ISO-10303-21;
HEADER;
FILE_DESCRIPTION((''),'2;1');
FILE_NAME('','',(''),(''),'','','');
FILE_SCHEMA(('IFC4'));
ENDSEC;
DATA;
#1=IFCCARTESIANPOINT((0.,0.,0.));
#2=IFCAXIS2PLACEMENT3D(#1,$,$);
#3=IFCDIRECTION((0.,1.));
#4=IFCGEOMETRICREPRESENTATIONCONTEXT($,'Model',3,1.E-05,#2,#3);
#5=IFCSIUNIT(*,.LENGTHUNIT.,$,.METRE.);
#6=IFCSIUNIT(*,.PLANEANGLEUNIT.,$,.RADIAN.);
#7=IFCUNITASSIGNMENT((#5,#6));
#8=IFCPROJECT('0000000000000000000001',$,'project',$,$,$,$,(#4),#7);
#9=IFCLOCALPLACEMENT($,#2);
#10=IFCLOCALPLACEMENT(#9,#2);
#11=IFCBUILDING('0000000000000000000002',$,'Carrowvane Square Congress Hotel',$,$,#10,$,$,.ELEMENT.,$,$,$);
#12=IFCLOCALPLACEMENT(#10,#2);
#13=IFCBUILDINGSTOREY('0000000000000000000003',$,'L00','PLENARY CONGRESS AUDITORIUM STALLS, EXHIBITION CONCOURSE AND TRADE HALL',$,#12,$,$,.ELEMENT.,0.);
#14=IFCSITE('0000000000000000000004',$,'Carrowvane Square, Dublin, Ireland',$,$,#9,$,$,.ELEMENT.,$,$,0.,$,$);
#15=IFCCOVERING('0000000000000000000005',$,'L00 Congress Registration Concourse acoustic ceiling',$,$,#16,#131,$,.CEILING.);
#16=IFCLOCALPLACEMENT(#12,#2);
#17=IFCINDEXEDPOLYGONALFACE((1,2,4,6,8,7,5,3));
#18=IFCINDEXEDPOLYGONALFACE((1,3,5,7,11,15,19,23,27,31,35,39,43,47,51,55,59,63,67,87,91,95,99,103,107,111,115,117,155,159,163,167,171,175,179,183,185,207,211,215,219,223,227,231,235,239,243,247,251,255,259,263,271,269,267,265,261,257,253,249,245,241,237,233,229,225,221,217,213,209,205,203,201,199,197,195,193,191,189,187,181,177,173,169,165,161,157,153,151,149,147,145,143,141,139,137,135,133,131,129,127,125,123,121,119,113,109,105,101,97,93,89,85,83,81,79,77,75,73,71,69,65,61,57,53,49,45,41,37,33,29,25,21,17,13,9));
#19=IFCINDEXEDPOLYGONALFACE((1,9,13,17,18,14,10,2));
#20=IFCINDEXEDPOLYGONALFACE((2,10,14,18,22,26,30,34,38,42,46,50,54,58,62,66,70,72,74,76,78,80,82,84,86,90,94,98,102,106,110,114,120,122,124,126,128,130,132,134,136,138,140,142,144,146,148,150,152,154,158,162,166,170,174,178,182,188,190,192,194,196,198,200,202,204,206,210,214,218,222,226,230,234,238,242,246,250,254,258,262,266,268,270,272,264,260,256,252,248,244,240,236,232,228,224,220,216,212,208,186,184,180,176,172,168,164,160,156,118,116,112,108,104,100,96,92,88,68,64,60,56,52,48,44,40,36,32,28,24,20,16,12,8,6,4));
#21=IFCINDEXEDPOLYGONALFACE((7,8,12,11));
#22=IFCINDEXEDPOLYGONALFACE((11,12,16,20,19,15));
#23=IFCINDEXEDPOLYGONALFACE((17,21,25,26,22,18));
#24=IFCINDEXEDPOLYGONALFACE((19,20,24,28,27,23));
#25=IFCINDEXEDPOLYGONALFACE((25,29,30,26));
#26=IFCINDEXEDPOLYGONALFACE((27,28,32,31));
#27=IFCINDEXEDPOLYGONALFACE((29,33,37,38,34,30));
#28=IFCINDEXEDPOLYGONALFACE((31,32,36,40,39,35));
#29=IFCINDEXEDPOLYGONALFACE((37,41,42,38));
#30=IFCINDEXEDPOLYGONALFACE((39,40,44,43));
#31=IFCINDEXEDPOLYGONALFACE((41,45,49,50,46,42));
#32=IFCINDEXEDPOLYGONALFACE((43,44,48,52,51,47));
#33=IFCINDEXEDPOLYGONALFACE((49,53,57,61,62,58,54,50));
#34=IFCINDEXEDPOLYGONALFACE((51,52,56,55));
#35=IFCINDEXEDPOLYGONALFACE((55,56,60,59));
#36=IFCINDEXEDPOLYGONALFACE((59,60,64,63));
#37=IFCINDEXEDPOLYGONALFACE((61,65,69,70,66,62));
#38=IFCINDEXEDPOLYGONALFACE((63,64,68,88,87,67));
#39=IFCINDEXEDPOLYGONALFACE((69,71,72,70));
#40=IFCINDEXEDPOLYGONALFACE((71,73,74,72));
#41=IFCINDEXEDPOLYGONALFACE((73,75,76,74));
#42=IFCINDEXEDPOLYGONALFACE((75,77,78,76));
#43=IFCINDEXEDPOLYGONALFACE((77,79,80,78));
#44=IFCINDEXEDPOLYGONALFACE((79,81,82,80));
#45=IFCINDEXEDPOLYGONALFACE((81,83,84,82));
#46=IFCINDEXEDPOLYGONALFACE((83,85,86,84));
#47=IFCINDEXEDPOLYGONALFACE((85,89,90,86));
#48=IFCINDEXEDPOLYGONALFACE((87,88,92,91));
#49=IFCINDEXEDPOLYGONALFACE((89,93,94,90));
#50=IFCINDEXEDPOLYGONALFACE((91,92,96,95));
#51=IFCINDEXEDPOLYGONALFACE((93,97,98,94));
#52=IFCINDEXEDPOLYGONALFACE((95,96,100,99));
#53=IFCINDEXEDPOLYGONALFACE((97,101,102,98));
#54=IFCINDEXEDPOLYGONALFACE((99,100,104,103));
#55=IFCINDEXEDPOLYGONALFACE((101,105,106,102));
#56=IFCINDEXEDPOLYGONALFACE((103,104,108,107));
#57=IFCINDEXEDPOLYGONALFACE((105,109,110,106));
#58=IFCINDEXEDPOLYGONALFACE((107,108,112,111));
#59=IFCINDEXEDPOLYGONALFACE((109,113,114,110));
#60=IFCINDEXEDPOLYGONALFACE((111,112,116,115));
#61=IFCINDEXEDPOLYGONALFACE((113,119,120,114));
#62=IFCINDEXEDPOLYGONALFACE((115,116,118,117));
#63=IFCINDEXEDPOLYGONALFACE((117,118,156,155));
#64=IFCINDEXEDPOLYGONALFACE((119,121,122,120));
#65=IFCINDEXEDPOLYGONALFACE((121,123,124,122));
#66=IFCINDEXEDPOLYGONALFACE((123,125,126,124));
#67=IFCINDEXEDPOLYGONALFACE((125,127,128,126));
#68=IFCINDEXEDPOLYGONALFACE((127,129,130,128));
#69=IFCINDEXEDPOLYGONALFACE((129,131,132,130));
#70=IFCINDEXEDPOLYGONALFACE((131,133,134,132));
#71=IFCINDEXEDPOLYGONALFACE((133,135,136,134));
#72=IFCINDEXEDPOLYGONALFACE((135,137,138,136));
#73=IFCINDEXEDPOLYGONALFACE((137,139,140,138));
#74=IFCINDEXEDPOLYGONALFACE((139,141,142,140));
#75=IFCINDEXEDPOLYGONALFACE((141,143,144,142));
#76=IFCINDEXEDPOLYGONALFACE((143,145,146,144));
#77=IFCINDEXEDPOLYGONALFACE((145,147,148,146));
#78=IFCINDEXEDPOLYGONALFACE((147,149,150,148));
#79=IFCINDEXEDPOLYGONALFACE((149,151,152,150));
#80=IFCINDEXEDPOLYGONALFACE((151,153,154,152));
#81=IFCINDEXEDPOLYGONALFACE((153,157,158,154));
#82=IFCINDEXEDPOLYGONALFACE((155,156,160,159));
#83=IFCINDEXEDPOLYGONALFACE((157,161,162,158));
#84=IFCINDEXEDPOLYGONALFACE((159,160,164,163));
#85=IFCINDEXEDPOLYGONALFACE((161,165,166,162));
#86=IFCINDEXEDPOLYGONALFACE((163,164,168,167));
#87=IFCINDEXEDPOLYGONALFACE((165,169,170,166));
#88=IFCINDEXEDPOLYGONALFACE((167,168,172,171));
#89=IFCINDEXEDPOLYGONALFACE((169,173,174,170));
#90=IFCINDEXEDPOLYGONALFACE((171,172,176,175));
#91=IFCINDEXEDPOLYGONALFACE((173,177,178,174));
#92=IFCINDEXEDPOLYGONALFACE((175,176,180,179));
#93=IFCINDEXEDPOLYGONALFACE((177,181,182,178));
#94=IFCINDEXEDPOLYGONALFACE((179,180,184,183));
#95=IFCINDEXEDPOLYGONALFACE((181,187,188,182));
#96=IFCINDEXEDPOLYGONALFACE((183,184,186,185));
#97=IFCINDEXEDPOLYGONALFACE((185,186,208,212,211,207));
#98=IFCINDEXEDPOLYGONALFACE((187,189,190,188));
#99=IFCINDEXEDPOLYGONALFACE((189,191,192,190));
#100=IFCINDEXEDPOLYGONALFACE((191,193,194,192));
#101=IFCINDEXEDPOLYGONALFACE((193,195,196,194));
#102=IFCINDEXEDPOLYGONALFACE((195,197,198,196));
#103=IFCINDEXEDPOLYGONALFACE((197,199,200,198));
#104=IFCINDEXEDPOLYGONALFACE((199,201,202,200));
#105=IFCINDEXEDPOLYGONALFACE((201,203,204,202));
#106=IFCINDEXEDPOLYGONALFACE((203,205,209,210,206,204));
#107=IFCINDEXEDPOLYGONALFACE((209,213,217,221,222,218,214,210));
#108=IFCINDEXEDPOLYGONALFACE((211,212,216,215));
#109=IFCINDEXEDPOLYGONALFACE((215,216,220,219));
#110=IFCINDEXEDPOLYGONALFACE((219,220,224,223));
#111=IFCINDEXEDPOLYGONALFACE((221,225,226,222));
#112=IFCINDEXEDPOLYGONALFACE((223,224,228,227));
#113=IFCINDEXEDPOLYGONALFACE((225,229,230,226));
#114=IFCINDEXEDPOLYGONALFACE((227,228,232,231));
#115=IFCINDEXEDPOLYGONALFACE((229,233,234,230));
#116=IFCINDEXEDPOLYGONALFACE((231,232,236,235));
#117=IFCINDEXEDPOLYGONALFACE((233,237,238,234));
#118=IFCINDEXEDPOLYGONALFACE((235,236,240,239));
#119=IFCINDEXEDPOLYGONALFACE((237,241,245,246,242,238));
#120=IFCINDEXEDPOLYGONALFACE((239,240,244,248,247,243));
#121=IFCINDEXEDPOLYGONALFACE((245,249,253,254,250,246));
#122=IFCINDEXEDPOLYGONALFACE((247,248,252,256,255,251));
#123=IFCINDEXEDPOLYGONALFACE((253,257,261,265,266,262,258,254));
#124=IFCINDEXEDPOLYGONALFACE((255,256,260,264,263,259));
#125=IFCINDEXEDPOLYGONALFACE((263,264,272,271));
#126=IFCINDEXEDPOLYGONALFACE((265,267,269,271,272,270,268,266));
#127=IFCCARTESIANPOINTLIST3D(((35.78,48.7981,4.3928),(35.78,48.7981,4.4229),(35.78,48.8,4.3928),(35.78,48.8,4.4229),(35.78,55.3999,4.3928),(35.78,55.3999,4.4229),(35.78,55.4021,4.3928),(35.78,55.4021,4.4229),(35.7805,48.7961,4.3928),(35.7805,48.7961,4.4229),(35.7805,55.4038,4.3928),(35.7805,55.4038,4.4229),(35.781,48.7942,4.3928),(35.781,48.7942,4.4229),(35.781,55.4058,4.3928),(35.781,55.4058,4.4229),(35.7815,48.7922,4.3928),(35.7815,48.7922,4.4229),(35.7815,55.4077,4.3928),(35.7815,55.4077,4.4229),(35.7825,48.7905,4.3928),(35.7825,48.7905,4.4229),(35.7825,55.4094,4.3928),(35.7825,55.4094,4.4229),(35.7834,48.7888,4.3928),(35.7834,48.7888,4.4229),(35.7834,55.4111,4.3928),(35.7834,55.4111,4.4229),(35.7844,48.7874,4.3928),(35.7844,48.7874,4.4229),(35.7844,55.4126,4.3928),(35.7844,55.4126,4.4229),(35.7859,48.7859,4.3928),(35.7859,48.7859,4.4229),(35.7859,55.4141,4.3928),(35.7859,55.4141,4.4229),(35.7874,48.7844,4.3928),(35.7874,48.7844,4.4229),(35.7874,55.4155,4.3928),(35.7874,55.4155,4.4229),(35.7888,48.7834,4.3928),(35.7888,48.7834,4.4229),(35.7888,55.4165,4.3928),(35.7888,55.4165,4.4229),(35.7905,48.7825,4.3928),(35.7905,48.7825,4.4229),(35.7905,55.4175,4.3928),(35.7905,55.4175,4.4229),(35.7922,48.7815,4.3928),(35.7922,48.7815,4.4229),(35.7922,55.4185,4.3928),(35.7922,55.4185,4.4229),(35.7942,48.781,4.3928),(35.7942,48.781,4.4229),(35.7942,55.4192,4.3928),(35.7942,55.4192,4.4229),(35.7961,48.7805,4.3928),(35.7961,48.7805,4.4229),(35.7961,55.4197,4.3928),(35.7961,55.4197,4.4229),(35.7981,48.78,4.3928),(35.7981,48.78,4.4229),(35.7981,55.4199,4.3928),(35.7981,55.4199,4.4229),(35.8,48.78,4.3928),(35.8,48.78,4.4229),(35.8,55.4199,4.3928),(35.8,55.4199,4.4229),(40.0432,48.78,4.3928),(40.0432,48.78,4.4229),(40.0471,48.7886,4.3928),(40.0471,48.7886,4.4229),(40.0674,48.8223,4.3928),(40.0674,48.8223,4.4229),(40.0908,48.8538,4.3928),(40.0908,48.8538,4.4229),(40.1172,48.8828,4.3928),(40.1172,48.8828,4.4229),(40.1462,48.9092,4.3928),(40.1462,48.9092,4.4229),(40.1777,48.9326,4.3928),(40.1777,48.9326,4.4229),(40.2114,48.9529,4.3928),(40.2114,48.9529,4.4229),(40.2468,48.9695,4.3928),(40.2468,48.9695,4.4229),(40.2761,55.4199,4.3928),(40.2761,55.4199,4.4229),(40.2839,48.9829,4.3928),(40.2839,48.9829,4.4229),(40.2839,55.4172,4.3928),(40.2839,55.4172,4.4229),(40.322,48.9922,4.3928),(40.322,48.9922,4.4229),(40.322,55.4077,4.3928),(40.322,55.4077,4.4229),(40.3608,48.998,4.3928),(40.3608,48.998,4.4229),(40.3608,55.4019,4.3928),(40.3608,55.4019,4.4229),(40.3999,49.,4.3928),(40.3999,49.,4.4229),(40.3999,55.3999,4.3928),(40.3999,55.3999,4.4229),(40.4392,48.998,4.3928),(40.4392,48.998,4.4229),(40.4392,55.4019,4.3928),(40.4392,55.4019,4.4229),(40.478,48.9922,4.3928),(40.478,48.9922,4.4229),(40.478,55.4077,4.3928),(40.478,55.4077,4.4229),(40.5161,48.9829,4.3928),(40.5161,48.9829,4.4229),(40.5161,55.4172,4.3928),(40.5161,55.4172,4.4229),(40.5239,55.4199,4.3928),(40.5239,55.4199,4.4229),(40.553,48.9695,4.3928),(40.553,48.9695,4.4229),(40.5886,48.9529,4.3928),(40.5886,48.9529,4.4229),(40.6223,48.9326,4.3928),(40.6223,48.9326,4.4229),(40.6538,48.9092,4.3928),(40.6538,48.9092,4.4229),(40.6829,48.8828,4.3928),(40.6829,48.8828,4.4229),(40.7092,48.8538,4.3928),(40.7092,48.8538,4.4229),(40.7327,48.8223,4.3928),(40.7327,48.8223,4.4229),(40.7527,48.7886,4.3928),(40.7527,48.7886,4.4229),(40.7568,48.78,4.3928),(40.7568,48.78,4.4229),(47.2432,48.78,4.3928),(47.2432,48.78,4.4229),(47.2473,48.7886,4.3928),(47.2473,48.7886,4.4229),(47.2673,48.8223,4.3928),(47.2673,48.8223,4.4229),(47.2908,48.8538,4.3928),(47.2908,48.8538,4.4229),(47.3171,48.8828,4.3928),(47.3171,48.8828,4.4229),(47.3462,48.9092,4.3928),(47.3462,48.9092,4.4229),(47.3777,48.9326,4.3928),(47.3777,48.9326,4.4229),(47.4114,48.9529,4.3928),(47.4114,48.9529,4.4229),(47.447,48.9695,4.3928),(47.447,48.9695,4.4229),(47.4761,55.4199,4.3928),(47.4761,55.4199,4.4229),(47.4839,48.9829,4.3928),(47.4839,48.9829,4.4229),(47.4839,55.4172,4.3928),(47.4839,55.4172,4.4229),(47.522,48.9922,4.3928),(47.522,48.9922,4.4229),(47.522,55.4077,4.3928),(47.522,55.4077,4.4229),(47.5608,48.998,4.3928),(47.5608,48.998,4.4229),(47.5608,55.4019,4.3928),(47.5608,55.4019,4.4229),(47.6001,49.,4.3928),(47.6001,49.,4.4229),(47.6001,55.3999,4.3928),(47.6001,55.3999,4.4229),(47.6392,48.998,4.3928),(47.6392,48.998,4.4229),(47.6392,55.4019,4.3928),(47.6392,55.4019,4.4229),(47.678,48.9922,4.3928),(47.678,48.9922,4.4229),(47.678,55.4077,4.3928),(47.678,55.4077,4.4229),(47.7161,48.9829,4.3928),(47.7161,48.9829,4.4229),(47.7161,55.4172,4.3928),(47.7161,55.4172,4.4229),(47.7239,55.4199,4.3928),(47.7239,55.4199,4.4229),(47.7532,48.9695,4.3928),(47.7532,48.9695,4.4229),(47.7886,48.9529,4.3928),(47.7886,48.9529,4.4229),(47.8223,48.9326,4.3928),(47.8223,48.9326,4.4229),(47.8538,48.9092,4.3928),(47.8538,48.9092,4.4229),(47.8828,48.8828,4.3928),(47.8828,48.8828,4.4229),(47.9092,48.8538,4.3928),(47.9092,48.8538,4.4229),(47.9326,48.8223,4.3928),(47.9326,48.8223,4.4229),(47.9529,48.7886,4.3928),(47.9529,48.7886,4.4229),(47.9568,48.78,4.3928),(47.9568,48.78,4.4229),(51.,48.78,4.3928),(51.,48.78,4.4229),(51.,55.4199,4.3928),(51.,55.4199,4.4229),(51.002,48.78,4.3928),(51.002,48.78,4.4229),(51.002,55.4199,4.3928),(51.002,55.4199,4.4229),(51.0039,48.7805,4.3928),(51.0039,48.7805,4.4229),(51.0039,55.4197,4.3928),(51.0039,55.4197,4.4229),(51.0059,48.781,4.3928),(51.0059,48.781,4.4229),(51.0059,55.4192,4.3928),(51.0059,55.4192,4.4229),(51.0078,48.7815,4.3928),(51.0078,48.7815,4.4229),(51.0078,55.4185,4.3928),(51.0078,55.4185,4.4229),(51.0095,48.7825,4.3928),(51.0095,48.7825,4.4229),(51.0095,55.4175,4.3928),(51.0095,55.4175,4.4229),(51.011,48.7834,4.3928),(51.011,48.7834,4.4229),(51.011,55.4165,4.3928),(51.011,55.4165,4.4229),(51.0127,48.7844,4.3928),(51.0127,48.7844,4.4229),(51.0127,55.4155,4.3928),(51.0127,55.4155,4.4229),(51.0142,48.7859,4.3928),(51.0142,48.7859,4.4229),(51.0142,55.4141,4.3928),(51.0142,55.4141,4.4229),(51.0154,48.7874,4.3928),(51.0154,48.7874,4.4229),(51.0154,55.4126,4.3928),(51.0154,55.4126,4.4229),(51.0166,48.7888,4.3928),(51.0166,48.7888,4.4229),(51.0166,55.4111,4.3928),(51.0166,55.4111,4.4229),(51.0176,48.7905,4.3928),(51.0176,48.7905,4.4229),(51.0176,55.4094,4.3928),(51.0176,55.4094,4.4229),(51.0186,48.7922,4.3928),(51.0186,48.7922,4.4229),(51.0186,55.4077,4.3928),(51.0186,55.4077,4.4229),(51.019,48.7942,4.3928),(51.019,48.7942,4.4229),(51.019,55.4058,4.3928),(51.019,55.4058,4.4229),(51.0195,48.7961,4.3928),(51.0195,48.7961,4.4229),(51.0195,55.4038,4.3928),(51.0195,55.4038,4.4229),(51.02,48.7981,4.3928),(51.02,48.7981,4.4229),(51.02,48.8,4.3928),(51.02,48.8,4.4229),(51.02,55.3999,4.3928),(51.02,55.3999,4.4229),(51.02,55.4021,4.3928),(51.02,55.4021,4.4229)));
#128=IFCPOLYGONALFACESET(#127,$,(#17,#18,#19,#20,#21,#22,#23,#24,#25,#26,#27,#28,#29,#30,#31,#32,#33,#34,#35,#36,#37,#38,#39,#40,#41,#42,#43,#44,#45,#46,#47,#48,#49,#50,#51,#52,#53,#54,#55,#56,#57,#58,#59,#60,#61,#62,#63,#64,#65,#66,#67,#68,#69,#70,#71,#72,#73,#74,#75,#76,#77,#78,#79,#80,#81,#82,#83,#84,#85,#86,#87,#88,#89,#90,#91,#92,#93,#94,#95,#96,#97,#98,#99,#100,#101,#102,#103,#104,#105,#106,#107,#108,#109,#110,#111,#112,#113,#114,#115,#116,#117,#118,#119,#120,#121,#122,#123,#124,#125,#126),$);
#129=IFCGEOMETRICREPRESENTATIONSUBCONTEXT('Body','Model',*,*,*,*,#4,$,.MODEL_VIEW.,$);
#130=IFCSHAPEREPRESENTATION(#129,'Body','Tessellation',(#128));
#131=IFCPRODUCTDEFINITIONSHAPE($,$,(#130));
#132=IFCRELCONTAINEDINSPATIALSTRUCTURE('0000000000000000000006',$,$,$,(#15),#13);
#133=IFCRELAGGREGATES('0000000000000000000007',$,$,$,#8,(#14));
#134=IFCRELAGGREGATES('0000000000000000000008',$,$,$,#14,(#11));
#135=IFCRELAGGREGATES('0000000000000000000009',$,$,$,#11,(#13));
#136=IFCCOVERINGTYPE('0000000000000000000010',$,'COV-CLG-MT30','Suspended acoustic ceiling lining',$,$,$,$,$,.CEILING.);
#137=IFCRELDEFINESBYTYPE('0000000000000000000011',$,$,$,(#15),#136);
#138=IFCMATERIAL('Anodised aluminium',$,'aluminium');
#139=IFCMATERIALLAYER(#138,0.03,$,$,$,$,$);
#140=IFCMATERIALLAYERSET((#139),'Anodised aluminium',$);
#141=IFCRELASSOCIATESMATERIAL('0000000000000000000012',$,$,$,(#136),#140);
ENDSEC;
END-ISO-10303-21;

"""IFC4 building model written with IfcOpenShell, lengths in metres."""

from ifc_helpers import new_model, si_unit, direction, frame, origin, place, context, subcontext, project, spatial, polyline, outline, extrude, material, layer, layer_set, type_object, element, save


model = new_model("IFC4")

# Units and contexts
model_context = context("Model", 3, precision=1e-05, world=origin(), true_north=direction((0.0, 1.0)))
body_context = subcontext(model_context, "Body", "Model", "MODEL_VIEW")
ifc_project = project(units=[si_unit("LENGTHUNIT", "METRE"), si_unit("PLANEANGLEUNIT", "RADIAN")], contexts=[model_context])

# Site, building, storey
site_placement = place(None, origin())
site = spatial("IfcSite", under=ifc_project, at=site_placement, Name="Carrowvane Square, Dublin, Ireland", CompositionType="ELEMENT", RefElevation=0.0)
building_placement = place(site_placement, origin())
building = spatial("IfcBuilding", under=site, at=building_placement, Name="Carrowvane Square Congress Hotel", CompositionType="ELEMENT")
storey_placement = place(building_placement, origin())
storey = spatial("IfcBuildingStorey", under=building, at=storey_placement, Name="L00", Description="PLENARY CONGRESS AUDITORIUM STALLS, EXHIBITION CONCOURSE AND TRADE HALL", CompositionType="ELEMENT", Elevation=0.0)

# Covering
ifc_material_1 = material(Name="Anodised aluminium", Category="aluminium")
ifc_layer_1 = layer(ifc_material_1, 0.03)
ifc_layer_set_1 = layer_set([ifc_layer_1], Name="Anodised aluminium")
covering_type_1 = type_object("IfcCoveringType", Name="COV-CLG-MT30", Description="Suspended acoustic ceiling lining", PredefinedType="CEILING", material=ifc_layer_set_1)
covering_1_placement = place(storey_placement, frame((0.0, 0.0, 4.3928)))
element("IfcCovering", 1, at=covering_1_placement, inside=storey, type_object=covering_type_1, Name="L00 Congress Registration Concourse acoustic ceiling", PredefinedType="CEILING", context=body_context, shape_type="SweptSolid", body=[
    extrude(outline(polyline([(47.6392, 55.4019), (47.678, 55.4077), (47.7161, 55.4172), (47.7239, 55.4199), (51.0, 55.4199), (51.002, 55.4199), (51.0039, 55.4197), (51.0059, 55.4192), (51.0078, 55.4185), (51.0095, 55.4175), (51.011, 55.4165), (51.0127, 55.4155), (51.0142, 55.4141), (51.0154, 55.4126), (51.0166, 55.4111), (51.0176, 55.4094), (51.0186, 55.4077), (51.019, 55.4058), (51.0195, 55.4038), (51.02, 55.4021), (51.02, 55.3999), (51.02, 48.8), (51.02, 48.7981), (51.0195, 48.7961), (51.019, 48.7942), (51.0186, 48.7922), (51.0176, 48.7905), (51.0166, 48.7888), (51.0154, 48.7874), (51.0142, 48.7859), (51.0127, 48.7844), (51.011, 48.7834), (51.0095, 48.7825), (51.0078, 48.7815), (51.0059, 48.781), (51.0039, 48.7805), (51.002, 48.78), (51.0, 48.78), (47.9568, 48.78), (47.9529, 48.7886), (47.9326, 48.8223), (47.9092, 48.8538), (47.8828, 48.8828), (47.8538, 48.9092), (47.8223, 48.9326), (47.7886, 48.9529), (47.7532, 48.9695), (47.7161, 48.9829), (47.678, 48.9922), (47.6392, 48.998), (47.6001, 49.0), (47.5608, 48.998), (47.522, 48.9922), (47.4839, 48.9829), (47.447, 48.9695), (47.4114, 48.9529), (47.3777, 48.9326), (47.3462, 48.9092), (47.3171, 48.8828), (47.2908, 48.8538), (47.2673, 48.8223), (47.2473, 48.7886), (47.2432, 48.78), (40.7568, 48.78), (40.7527, 48.7886), (40.7327, 48.8223), (40.7092, 48.8538), (40.6829, 48.8828), (40.6538, 48.9092), (40.6223, 48.9326), (40.5886, 48.9529), (40.553, 48.9695), (40.5161, 48.9829), (40.478, 48.9922), (40.4392, 48.998), (40.3999, 49.0), (40.3608, 48.998), (40.322, 48.9922), (40.2839, 48.9829), (40.2468, 48.9695), (40.2114, 48.9529), (40.1777, 48.9326), (40.1462, 48.9092), (40.1172, 48.8828), (40.0908, 48.8538), (40.0674, 48.8223), (40.0471, 48.7886), (40.0432, 48.78), (35.8, 48.78), (35.7981, 48.78), (35.7961, 48.7805), (35.7942, 48.781), (35.7922, 48.7815), (35.7905, 48.7825), (35.7888, 48.7834), (35.7874, 48.7844), (35.7859, 48.7859), (35.7844, 48.7874), (35.7834, 48.7888), (35.7825, 48.7905), (35.7815, 48.7922), (35.781, 48.7942), (35.7805, 48.7961), (35.78, 48.7981), (35.78, 48.8), (35.78, 55.3999), (35.78, 55.4021), (35.7805, 55.4038), (35.781, 55.4058), (35.7815, 55.4077), (35.7825, 55.4094), (35.7834, 55.4111), (35.7844, 55.4126), (35.7859, 55.4141), (35.7874, 55.4155), (35.7888, 55.4165), (35.7905, 55.4175), (35.7922, 55.4185), (35.7942, 55.4192), (35.7961, 55.4197), (35.7981, 55.4199), (35.8, 55.4199), (40.2761, 55.4199), (40.2839, 55.4172), (40.322, 55.4077), (40.3608, 55.4019), (40.3999, 55.3999), (40.4392, 55.4019), (40.478, 55.4077), (40.5161, 55.4172), (40.5239, 55.4199), (47.4761, 55.4199), (47.4839, 55.4172), (47.522, 55.4077), (47.5608, 55.4019), (47.6001, 55.3999), (47.6392, 55.4019)])), origin(), (0.0, 0.0, 1.0), 0.03),
])

save(model, "model.ifc")
